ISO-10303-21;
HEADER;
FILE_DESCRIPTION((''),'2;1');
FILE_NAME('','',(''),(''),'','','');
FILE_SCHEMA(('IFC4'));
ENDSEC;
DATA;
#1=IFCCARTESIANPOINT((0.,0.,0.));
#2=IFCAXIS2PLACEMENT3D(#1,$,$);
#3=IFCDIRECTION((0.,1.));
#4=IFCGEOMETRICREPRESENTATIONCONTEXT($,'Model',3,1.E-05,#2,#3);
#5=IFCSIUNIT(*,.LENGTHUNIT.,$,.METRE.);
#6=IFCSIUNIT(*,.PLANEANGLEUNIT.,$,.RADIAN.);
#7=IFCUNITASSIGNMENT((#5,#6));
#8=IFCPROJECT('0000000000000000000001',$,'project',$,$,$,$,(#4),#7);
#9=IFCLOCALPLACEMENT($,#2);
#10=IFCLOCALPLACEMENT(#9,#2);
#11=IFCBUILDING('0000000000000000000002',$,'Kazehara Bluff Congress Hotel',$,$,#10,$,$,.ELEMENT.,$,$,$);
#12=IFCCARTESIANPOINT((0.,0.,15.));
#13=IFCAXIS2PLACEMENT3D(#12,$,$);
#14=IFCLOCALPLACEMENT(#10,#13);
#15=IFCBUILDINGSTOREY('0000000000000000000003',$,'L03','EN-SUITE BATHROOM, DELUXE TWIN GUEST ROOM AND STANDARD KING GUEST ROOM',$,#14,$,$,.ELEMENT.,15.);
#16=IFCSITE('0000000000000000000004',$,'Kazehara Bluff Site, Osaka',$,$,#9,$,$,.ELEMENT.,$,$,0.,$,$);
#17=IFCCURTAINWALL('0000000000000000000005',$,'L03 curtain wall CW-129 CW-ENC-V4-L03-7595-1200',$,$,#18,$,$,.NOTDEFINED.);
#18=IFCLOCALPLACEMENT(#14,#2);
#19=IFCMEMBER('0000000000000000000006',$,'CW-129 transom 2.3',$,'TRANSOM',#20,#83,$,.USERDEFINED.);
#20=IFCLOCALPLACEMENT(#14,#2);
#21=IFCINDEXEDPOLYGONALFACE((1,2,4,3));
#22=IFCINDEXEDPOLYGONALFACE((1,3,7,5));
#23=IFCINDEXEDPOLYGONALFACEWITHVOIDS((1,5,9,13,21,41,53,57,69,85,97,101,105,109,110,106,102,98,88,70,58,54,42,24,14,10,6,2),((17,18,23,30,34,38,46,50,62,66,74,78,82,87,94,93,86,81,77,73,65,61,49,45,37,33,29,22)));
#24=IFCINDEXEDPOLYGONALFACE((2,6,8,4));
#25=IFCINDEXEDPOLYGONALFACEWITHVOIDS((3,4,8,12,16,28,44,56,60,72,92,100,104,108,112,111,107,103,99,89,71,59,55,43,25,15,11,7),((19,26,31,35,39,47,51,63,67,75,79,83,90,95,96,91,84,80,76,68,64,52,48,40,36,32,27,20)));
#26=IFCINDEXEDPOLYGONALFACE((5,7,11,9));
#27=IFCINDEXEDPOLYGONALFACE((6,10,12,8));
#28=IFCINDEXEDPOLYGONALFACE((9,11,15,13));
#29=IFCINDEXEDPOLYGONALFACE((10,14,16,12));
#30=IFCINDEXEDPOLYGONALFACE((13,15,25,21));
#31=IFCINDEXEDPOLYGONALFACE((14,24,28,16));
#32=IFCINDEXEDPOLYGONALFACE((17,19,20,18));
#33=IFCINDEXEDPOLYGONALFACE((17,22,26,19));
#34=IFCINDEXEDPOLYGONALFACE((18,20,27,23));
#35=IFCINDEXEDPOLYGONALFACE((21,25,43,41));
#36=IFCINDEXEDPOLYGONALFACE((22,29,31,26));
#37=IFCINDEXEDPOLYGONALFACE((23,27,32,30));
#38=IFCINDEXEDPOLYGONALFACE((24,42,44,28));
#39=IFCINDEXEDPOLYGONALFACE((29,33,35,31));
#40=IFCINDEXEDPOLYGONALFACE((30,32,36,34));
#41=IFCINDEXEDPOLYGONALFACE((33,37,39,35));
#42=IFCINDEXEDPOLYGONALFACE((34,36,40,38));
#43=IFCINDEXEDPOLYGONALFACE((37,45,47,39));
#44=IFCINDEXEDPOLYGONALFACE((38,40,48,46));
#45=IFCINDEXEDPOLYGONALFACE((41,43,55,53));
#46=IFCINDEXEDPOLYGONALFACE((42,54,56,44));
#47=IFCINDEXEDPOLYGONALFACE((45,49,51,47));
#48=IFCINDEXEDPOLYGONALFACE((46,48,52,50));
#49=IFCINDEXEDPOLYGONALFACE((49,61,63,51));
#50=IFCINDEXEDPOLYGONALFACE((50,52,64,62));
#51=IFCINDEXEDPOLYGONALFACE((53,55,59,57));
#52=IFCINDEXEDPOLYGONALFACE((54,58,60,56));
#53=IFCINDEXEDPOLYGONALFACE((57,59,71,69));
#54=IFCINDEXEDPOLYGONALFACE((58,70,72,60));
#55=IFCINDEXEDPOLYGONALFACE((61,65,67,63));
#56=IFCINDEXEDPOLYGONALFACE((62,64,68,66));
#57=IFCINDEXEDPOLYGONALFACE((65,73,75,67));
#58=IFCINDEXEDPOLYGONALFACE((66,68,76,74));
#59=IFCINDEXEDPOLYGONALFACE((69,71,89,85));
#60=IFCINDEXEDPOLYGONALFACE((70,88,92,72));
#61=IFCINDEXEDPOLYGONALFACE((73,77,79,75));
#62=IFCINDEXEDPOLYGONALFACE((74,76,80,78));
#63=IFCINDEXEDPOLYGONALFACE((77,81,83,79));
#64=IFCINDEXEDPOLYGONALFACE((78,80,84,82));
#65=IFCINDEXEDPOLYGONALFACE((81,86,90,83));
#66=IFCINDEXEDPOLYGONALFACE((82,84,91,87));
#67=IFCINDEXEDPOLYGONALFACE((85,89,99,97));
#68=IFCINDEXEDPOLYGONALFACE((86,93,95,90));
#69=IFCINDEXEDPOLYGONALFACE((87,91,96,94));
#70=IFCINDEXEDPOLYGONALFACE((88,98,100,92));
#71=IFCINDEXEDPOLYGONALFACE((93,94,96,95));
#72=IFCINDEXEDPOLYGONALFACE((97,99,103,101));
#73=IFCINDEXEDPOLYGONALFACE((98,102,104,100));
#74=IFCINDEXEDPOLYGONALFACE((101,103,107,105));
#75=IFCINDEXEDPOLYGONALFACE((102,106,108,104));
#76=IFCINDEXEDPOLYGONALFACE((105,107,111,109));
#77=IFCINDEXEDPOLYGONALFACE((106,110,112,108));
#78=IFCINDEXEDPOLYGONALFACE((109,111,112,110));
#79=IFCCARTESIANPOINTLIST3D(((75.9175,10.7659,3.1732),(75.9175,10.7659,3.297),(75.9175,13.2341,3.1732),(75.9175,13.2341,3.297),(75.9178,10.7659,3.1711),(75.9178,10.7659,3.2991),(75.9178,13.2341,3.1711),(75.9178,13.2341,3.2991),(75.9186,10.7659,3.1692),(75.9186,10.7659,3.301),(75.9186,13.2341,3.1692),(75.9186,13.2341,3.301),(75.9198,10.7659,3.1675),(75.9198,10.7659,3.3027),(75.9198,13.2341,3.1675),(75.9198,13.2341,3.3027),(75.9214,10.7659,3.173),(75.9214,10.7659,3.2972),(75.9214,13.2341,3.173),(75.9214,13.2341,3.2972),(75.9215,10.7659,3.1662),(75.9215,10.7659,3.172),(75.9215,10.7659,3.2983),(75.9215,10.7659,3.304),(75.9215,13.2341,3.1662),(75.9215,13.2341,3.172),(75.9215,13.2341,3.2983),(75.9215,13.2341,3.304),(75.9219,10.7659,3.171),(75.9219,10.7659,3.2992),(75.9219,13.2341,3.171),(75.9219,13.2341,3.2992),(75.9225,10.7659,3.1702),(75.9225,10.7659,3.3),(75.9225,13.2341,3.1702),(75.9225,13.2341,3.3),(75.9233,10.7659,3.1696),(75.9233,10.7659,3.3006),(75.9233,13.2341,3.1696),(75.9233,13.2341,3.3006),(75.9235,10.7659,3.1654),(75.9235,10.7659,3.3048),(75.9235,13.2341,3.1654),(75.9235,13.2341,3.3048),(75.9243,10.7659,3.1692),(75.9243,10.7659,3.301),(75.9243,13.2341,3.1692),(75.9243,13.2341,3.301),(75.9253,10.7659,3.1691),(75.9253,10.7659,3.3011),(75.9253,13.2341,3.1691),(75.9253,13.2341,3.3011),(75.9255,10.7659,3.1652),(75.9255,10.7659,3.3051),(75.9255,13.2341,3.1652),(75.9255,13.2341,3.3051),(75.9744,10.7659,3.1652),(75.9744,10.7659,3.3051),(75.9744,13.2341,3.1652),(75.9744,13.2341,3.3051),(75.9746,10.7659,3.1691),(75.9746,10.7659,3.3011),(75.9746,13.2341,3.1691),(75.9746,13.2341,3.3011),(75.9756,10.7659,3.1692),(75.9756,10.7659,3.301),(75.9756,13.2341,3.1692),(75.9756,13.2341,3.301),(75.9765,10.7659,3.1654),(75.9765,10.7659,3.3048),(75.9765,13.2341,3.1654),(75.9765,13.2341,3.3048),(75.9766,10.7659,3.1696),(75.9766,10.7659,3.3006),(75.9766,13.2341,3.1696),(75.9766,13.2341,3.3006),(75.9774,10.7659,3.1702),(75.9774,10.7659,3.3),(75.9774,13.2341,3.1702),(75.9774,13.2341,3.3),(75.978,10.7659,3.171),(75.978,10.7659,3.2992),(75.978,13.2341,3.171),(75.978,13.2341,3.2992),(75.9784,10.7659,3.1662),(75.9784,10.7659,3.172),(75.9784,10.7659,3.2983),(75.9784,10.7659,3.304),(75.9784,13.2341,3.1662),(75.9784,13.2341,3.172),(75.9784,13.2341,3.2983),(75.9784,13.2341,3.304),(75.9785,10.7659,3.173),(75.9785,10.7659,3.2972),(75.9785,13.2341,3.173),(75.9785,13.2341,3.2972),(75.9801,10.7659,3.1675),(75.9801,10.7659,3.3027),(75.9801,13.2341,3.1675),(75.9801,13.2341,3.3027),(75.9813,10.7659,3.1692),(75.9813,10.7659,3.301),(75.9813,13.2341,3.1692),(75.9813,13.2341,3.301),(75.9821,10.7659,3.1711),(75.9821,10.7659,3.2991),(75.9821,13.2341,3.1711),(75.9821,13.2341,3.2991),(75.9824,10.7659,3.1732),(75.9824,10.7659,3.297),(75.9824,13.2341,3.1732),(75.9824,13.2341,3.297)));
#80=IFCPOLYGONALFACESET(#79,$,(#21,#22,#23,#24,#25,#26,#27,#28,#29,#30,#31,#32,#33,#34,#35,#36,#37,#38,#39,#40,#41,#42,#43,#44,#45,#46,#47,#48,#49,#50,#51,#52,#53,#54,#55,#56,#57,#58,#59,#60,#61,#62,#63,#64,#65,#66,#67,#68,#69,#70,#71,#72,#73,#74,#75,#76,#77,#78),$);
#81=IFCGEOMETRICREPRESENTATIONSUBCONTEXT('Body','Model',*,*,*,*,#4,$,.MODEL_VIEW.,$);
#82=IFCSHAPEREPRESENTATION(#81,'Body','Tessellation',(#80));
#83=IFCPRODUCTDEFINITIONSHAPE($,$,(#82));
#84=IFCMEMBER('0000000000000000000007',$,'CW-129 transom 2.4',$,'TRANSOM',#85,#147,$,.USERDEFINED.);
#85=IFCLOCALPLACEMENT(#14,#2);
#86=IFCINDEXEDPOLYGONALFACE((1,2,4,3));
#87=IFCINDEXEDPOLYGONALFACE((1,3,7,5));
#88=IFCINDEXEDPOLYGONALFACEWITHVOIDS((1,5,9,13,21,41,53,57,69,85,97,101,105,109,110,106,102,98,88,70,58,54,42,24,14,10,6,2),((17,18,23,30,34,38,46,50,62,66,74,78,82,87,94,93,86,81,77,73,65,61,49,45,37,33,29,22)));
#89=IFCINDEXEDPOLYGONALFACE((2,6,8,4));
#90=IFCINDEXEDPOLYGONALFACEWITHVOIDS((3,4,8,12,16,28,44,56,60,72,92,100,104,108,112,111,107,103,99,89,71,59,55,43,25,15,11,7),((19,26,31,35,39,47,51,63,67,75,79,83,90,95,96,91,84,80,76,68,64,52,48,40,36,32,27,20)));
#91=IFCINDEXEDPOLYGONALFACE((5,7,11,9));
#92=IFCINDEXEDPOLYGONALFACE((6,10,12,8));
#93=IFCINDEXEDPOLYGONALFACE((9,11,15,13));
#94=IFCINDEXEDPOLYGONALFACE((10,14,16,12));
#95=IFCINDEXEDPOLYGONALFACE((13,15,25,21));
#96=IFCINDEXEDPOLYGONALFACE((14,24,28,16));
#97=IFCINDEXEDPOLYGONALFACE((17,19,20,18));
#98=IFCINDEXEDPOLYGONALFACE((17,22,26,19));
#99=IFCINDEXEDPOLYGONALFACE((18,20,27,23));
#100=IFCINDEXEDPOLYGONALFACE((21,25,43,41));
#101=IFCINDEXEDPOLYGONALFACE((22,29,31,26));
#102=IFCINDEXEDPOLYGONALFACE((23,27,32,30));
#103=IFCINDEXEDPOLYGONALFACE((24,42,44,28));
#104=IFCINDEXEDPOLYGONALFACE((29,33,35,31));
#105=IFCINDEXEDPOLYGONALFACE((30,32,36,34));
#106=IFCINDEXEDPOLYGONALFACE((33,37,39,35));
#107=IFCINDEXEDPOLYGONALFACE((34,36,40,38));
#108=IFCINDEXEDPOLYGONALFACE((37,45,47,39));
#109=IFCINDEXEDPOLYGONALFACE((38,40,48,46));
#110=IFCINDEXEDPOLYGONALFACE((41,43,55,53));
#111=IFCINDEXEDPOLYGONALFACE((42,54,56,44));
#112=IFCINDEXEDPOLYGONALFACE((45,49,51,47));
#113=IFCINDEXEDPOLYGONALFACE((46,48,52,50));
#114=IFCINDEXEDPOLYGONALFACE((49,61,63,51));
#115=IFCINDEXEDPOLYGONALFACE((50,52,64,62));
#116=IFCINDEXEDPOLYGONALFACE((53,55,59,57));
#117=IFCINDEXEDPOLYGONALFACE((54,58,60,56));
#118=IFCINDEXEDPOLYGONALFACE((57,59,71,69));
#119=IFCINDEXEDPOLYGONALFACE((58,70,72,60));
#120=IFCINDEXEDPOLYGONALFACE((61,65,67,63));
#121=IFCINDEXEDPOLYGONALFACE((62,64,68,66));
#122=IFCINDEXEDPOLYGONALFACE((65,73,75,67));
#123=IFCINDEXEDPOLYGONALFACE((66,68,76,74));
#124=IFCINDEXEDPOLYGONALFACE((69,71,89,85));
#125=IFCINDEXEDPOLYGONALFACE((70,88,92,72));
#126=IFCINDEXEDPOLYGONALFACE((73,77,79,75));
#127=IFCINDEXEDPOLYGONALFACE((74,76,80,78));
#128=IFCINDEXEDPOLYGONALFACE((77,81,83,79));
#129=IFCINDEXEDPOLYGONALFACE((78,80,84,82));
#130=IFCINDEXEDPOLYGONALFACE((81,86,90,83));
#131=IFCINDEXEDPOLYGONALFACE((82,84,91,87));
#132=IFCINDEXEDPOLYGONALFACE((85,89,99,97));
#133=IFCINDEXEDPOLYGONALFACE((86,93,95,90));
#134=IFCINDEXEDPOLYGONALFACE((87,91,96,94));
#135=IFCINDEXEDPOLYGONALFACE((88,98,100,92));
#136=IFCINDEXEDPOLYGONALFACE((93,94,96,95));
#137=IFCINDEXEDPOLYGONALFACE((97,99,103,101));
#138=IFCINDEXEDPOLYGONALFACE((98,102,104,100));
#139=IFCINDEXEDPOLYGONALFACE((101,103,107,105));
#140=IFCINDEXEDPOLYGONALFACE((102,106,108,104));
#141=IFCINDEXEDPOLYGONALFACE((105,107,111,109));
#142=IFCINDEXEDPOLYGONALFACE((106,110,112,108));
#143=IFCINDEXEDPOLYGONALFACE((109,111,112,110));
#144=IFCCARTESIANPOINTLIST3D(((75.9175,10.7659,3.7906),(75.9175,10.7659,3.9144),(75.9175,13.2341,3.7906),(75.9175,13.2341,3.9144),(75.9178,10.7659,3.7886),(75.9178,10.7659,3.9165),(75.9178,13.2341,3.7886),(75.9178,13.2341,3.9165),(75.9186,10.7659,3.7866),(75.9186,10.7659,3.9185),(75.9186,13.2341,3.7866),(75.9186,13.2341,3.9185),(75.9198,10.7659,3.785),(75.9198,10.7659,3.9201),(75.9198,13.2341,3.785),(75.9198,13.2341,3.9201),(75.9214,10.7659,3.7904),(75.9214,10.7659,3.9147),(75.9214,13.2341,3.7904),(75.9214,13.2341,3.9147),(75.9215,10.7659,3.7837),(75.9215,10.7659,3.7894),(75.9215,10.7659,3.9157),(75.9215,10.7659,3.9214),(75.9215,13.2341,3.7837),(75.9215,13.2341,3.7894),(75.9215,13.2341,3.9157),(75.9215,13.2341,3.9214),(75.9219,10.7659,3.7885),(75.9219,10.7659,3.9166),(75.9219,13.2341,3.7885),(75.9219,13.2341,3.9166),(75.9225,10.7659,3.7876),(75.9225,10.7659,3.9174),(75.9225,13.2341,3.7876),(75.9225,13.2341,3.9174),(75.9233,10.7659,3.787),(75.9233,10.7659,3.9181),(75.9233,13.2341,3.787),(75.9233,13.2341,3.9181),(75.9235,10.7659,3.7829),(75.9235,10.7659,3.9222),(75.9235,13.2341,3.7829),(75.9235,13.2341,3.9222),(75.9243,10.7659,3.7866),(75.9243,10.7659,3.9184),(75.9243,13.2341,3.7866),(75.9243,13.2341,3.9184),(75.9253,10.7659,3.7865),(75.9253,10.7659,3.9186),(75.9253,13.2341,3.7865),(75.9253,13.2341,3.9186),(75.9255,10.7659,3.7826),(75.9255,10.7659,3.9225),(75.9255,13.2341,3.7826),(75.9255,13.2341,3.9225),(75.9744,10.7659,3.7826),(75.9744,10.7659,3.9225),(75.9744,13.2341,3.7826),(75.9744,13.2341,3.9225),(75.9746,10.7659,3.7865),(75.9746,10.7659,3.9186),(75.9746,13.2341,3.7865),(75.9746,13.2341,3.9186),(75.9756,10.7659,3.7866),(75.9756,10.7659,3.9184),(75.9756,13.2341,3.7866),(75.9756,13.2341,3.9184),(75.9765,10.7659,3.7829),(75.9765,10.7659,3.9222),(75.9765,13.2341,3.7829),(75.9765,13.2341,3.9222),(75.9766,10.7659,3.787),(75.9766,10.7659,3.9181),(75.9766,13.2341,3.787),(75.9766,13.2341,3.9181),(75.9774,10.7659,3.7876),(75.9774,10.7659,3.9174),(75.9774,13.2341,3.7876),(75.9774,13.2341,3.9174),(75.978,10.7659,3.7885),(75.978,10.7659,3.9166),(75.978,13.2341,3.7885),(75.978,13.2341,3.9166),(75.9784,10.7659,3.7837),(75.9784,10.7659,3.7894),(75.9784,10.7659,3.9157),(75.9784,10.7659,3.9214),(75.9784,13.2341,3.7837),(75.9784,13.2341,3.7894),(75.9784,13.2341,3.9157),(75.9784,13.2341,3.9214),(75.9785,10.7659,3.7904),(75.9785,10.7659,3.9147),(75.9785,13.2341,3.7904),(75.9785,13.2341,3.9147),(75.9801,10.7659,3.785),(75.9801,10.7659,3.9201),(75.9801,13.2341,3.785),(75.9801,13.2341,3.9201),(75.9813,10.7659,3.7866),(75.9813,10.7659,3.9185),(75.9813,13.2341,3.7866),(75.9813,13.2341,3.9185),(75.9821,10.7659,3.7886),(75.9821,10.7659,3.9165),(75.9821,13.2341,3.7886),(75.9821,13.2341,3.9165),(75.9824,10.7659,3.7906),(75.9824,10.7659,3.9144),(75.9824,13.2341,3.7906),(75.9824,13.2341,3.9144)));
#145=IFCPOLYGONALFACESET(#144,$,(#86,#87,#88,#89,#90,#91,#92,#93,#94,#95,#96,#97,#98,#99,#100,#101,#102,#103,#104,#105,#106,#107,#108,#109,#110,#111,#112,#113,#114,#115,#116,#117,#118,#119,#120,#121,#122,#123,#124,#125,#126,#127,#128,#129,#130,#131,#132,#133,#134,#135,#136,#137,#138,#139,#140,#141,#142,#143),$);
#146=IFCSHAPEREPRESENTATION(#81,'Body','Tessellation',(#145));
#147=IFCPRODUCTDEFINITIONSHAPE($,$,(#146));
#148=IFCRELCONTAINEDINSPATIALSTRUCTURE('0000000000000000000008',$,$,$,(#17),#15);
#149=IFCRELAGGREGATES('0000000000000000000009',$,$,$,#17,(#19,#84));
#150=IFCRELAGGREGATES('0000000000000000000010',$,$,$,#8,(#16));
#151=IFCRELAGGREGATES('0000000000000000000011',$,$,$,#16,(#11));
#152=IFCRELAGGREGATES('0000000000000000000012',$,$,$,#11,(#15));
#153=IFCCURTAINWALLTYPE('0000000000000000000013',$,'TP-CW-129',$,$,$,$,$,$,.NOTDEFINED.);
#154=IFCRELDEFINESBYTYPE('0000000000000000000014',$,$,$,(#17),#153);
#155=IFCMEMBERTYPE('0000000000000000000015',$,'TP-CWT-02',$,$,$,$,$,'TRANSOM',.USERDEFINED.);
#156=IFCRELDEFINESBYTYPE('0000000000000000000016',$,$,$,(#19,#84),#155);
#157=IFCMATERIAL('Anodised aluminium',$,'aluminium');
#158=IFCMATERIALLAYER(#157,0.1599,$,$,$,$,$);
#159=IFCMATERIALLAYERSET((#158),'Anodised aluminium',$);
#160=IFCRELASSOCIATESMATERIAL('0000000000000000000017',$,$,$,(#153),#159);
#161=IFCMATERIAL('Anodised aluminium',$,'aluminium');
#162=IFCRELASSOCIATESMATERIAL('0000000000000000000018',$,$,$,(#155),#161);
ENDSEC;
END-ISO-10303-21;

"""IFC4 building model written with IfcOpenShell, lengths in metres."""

from ifc_helpers import new_model, si_unit, direction, frame, origin, origin_2d, place, context, subcontext, project, spatial, hollow_rectangle, extrude, material, layer, layer_set, material_profile, profile_set, type_object, element, aggregate, save


model = new_model("IFC4")

# Units and contexts
model_context = context("Model", 3, precision=1e-05, world=origin(), true_north=direction((0.0, 1.0)))
body_context = subcontext(model_context, "Body", "Model", "MODEL_VIEW")
ifc_project = project(units=[si_unit("LENGTHUNIT", "METRE"), si_unit("PLANEANGLEUNIT", "RADIAN")], contexts=[model_context])

# Site, building, storey
site_placement = place(None, origin())
site = spatial("IfcSite", under=ifc_project, at=site_placement, Name="Kazehara Bluff Site, Osaka", CompositionType="ELEMENT", RefElevation=0.0)
building_placement = place(site_placement, origin())
building = spatial("IfcBuilding", under=site, at=building_placement, Name="Kazehara Bluff Congress Hotel", CompositionType="ELEMENT")
storey_placement = place(building_placement, frame((0.0, 0.0, 15.0)))
storey = spatial("IfcBuildingStorey", under=building, at=storey_placement, Name="L03", Description="EN-SUITE BATHROOM, DELUXE TWIN GUEST ROOM AND STANDARD KING GUEST ROOM", CompositionType="ELEMENT", Elevation=15.0)

# Curtain wall, members
ifc_material_1 = material(Name="Anodised aluminium", Category="aluminium")
ifc_layer_1 = layer(ifc_material_1, 0.1599)
ifc_layer_set_1 = layer_set([ifc_layer_1], Name="Anodised aluminium")
curtain_wall_type = type_object("IfcCurtainWallType", Name="TP-CW-129", PredefinedType="NOTDEFINED", material=ifc_layer_set_1)
curtain_wall_placement = place(storey_placement, origin())
curtain_wall = element("IfcCurtainWall", 1, at=curtain_wall_placement, inside=storey, type_object=curtain_wall_type, Name="L03 curtain wall CW-129 CW-ENC-V4-L03-7595-1200", PredefinedType="NOTDEFINED")
ifc_material_2 = material(Name="Anodised aluminium", Category="aluminium")
ifc_material_profile_1 = material_profile(ifc_material_2, hollow_rectangle(XDim=0.0649, YDim=0.1399, WallThickness=0.0039, InnerFilletRadius=0.0039, OuterFilletRadius=0.0081, at=origin_2d()))
ifc_profile_set_1 = profile_set([ifc_material_profile_1], Name="Anodised aluminium")
member_type_1 = type_object("IfcMemberType", Name="TP-CWT-02", ElementType="TRANSOM", PredefinedType="USERDEFINED", material=ifc_profile_set_1)
member_1_placement = place(storey_placement, frame((75.95, 13.2341, 3.2351), z_axis=(0.0, -1.0, 0.0), x_axis=(1.0, 0.0, 0.0)))
member_1 = element("IfcMember", 2, at=member_1_placement, type_object=member_type_1, Name="CW-129 transom 2.3", ObjectType="TRANSOM", PredefinedType="USERDEFINED", context=body_context, shape_type="SweptSolid", body=[
    extrude(hollow_rectangle(XDim=0.0649, YDim=0.1399, WallThickness=0.0039, InnerFilletRadius=0.0039, OuterFilletRadius=0.0081, at=origin_2d()), origin(), (0.0, 0.0, 1.0), 2.4683),
])
member_2_placement = place(storey_placement, frame((75.95, 13.2341, 3.8525), z_axis=(0.0, -1.0, 0.0), x_axis=(1.0, 0.0, 0.0)))
member_2 = element("IfcMember", 3, at=member_2_placement, type_object=member_type_1, Name="CW-129 transom 2.4", ObjectType="TRANSOM", PredefinedType="USERDEFINED", context=body_context, shape_type="SweptSolid", body=[
    extrude(hollow_rectangle(XDim=0.0649, YDim=0.1399, WallThickness=0.0039, InnerFilletRadius=0.0039, OuterFilletRadius=0.0081, at=origin_2d()), origin(), (0.0, 0.0, 1.0), 2.4683),
])

aggregate(curtain_wall, [member_1, member_2])

save(model, "model.ifc")
